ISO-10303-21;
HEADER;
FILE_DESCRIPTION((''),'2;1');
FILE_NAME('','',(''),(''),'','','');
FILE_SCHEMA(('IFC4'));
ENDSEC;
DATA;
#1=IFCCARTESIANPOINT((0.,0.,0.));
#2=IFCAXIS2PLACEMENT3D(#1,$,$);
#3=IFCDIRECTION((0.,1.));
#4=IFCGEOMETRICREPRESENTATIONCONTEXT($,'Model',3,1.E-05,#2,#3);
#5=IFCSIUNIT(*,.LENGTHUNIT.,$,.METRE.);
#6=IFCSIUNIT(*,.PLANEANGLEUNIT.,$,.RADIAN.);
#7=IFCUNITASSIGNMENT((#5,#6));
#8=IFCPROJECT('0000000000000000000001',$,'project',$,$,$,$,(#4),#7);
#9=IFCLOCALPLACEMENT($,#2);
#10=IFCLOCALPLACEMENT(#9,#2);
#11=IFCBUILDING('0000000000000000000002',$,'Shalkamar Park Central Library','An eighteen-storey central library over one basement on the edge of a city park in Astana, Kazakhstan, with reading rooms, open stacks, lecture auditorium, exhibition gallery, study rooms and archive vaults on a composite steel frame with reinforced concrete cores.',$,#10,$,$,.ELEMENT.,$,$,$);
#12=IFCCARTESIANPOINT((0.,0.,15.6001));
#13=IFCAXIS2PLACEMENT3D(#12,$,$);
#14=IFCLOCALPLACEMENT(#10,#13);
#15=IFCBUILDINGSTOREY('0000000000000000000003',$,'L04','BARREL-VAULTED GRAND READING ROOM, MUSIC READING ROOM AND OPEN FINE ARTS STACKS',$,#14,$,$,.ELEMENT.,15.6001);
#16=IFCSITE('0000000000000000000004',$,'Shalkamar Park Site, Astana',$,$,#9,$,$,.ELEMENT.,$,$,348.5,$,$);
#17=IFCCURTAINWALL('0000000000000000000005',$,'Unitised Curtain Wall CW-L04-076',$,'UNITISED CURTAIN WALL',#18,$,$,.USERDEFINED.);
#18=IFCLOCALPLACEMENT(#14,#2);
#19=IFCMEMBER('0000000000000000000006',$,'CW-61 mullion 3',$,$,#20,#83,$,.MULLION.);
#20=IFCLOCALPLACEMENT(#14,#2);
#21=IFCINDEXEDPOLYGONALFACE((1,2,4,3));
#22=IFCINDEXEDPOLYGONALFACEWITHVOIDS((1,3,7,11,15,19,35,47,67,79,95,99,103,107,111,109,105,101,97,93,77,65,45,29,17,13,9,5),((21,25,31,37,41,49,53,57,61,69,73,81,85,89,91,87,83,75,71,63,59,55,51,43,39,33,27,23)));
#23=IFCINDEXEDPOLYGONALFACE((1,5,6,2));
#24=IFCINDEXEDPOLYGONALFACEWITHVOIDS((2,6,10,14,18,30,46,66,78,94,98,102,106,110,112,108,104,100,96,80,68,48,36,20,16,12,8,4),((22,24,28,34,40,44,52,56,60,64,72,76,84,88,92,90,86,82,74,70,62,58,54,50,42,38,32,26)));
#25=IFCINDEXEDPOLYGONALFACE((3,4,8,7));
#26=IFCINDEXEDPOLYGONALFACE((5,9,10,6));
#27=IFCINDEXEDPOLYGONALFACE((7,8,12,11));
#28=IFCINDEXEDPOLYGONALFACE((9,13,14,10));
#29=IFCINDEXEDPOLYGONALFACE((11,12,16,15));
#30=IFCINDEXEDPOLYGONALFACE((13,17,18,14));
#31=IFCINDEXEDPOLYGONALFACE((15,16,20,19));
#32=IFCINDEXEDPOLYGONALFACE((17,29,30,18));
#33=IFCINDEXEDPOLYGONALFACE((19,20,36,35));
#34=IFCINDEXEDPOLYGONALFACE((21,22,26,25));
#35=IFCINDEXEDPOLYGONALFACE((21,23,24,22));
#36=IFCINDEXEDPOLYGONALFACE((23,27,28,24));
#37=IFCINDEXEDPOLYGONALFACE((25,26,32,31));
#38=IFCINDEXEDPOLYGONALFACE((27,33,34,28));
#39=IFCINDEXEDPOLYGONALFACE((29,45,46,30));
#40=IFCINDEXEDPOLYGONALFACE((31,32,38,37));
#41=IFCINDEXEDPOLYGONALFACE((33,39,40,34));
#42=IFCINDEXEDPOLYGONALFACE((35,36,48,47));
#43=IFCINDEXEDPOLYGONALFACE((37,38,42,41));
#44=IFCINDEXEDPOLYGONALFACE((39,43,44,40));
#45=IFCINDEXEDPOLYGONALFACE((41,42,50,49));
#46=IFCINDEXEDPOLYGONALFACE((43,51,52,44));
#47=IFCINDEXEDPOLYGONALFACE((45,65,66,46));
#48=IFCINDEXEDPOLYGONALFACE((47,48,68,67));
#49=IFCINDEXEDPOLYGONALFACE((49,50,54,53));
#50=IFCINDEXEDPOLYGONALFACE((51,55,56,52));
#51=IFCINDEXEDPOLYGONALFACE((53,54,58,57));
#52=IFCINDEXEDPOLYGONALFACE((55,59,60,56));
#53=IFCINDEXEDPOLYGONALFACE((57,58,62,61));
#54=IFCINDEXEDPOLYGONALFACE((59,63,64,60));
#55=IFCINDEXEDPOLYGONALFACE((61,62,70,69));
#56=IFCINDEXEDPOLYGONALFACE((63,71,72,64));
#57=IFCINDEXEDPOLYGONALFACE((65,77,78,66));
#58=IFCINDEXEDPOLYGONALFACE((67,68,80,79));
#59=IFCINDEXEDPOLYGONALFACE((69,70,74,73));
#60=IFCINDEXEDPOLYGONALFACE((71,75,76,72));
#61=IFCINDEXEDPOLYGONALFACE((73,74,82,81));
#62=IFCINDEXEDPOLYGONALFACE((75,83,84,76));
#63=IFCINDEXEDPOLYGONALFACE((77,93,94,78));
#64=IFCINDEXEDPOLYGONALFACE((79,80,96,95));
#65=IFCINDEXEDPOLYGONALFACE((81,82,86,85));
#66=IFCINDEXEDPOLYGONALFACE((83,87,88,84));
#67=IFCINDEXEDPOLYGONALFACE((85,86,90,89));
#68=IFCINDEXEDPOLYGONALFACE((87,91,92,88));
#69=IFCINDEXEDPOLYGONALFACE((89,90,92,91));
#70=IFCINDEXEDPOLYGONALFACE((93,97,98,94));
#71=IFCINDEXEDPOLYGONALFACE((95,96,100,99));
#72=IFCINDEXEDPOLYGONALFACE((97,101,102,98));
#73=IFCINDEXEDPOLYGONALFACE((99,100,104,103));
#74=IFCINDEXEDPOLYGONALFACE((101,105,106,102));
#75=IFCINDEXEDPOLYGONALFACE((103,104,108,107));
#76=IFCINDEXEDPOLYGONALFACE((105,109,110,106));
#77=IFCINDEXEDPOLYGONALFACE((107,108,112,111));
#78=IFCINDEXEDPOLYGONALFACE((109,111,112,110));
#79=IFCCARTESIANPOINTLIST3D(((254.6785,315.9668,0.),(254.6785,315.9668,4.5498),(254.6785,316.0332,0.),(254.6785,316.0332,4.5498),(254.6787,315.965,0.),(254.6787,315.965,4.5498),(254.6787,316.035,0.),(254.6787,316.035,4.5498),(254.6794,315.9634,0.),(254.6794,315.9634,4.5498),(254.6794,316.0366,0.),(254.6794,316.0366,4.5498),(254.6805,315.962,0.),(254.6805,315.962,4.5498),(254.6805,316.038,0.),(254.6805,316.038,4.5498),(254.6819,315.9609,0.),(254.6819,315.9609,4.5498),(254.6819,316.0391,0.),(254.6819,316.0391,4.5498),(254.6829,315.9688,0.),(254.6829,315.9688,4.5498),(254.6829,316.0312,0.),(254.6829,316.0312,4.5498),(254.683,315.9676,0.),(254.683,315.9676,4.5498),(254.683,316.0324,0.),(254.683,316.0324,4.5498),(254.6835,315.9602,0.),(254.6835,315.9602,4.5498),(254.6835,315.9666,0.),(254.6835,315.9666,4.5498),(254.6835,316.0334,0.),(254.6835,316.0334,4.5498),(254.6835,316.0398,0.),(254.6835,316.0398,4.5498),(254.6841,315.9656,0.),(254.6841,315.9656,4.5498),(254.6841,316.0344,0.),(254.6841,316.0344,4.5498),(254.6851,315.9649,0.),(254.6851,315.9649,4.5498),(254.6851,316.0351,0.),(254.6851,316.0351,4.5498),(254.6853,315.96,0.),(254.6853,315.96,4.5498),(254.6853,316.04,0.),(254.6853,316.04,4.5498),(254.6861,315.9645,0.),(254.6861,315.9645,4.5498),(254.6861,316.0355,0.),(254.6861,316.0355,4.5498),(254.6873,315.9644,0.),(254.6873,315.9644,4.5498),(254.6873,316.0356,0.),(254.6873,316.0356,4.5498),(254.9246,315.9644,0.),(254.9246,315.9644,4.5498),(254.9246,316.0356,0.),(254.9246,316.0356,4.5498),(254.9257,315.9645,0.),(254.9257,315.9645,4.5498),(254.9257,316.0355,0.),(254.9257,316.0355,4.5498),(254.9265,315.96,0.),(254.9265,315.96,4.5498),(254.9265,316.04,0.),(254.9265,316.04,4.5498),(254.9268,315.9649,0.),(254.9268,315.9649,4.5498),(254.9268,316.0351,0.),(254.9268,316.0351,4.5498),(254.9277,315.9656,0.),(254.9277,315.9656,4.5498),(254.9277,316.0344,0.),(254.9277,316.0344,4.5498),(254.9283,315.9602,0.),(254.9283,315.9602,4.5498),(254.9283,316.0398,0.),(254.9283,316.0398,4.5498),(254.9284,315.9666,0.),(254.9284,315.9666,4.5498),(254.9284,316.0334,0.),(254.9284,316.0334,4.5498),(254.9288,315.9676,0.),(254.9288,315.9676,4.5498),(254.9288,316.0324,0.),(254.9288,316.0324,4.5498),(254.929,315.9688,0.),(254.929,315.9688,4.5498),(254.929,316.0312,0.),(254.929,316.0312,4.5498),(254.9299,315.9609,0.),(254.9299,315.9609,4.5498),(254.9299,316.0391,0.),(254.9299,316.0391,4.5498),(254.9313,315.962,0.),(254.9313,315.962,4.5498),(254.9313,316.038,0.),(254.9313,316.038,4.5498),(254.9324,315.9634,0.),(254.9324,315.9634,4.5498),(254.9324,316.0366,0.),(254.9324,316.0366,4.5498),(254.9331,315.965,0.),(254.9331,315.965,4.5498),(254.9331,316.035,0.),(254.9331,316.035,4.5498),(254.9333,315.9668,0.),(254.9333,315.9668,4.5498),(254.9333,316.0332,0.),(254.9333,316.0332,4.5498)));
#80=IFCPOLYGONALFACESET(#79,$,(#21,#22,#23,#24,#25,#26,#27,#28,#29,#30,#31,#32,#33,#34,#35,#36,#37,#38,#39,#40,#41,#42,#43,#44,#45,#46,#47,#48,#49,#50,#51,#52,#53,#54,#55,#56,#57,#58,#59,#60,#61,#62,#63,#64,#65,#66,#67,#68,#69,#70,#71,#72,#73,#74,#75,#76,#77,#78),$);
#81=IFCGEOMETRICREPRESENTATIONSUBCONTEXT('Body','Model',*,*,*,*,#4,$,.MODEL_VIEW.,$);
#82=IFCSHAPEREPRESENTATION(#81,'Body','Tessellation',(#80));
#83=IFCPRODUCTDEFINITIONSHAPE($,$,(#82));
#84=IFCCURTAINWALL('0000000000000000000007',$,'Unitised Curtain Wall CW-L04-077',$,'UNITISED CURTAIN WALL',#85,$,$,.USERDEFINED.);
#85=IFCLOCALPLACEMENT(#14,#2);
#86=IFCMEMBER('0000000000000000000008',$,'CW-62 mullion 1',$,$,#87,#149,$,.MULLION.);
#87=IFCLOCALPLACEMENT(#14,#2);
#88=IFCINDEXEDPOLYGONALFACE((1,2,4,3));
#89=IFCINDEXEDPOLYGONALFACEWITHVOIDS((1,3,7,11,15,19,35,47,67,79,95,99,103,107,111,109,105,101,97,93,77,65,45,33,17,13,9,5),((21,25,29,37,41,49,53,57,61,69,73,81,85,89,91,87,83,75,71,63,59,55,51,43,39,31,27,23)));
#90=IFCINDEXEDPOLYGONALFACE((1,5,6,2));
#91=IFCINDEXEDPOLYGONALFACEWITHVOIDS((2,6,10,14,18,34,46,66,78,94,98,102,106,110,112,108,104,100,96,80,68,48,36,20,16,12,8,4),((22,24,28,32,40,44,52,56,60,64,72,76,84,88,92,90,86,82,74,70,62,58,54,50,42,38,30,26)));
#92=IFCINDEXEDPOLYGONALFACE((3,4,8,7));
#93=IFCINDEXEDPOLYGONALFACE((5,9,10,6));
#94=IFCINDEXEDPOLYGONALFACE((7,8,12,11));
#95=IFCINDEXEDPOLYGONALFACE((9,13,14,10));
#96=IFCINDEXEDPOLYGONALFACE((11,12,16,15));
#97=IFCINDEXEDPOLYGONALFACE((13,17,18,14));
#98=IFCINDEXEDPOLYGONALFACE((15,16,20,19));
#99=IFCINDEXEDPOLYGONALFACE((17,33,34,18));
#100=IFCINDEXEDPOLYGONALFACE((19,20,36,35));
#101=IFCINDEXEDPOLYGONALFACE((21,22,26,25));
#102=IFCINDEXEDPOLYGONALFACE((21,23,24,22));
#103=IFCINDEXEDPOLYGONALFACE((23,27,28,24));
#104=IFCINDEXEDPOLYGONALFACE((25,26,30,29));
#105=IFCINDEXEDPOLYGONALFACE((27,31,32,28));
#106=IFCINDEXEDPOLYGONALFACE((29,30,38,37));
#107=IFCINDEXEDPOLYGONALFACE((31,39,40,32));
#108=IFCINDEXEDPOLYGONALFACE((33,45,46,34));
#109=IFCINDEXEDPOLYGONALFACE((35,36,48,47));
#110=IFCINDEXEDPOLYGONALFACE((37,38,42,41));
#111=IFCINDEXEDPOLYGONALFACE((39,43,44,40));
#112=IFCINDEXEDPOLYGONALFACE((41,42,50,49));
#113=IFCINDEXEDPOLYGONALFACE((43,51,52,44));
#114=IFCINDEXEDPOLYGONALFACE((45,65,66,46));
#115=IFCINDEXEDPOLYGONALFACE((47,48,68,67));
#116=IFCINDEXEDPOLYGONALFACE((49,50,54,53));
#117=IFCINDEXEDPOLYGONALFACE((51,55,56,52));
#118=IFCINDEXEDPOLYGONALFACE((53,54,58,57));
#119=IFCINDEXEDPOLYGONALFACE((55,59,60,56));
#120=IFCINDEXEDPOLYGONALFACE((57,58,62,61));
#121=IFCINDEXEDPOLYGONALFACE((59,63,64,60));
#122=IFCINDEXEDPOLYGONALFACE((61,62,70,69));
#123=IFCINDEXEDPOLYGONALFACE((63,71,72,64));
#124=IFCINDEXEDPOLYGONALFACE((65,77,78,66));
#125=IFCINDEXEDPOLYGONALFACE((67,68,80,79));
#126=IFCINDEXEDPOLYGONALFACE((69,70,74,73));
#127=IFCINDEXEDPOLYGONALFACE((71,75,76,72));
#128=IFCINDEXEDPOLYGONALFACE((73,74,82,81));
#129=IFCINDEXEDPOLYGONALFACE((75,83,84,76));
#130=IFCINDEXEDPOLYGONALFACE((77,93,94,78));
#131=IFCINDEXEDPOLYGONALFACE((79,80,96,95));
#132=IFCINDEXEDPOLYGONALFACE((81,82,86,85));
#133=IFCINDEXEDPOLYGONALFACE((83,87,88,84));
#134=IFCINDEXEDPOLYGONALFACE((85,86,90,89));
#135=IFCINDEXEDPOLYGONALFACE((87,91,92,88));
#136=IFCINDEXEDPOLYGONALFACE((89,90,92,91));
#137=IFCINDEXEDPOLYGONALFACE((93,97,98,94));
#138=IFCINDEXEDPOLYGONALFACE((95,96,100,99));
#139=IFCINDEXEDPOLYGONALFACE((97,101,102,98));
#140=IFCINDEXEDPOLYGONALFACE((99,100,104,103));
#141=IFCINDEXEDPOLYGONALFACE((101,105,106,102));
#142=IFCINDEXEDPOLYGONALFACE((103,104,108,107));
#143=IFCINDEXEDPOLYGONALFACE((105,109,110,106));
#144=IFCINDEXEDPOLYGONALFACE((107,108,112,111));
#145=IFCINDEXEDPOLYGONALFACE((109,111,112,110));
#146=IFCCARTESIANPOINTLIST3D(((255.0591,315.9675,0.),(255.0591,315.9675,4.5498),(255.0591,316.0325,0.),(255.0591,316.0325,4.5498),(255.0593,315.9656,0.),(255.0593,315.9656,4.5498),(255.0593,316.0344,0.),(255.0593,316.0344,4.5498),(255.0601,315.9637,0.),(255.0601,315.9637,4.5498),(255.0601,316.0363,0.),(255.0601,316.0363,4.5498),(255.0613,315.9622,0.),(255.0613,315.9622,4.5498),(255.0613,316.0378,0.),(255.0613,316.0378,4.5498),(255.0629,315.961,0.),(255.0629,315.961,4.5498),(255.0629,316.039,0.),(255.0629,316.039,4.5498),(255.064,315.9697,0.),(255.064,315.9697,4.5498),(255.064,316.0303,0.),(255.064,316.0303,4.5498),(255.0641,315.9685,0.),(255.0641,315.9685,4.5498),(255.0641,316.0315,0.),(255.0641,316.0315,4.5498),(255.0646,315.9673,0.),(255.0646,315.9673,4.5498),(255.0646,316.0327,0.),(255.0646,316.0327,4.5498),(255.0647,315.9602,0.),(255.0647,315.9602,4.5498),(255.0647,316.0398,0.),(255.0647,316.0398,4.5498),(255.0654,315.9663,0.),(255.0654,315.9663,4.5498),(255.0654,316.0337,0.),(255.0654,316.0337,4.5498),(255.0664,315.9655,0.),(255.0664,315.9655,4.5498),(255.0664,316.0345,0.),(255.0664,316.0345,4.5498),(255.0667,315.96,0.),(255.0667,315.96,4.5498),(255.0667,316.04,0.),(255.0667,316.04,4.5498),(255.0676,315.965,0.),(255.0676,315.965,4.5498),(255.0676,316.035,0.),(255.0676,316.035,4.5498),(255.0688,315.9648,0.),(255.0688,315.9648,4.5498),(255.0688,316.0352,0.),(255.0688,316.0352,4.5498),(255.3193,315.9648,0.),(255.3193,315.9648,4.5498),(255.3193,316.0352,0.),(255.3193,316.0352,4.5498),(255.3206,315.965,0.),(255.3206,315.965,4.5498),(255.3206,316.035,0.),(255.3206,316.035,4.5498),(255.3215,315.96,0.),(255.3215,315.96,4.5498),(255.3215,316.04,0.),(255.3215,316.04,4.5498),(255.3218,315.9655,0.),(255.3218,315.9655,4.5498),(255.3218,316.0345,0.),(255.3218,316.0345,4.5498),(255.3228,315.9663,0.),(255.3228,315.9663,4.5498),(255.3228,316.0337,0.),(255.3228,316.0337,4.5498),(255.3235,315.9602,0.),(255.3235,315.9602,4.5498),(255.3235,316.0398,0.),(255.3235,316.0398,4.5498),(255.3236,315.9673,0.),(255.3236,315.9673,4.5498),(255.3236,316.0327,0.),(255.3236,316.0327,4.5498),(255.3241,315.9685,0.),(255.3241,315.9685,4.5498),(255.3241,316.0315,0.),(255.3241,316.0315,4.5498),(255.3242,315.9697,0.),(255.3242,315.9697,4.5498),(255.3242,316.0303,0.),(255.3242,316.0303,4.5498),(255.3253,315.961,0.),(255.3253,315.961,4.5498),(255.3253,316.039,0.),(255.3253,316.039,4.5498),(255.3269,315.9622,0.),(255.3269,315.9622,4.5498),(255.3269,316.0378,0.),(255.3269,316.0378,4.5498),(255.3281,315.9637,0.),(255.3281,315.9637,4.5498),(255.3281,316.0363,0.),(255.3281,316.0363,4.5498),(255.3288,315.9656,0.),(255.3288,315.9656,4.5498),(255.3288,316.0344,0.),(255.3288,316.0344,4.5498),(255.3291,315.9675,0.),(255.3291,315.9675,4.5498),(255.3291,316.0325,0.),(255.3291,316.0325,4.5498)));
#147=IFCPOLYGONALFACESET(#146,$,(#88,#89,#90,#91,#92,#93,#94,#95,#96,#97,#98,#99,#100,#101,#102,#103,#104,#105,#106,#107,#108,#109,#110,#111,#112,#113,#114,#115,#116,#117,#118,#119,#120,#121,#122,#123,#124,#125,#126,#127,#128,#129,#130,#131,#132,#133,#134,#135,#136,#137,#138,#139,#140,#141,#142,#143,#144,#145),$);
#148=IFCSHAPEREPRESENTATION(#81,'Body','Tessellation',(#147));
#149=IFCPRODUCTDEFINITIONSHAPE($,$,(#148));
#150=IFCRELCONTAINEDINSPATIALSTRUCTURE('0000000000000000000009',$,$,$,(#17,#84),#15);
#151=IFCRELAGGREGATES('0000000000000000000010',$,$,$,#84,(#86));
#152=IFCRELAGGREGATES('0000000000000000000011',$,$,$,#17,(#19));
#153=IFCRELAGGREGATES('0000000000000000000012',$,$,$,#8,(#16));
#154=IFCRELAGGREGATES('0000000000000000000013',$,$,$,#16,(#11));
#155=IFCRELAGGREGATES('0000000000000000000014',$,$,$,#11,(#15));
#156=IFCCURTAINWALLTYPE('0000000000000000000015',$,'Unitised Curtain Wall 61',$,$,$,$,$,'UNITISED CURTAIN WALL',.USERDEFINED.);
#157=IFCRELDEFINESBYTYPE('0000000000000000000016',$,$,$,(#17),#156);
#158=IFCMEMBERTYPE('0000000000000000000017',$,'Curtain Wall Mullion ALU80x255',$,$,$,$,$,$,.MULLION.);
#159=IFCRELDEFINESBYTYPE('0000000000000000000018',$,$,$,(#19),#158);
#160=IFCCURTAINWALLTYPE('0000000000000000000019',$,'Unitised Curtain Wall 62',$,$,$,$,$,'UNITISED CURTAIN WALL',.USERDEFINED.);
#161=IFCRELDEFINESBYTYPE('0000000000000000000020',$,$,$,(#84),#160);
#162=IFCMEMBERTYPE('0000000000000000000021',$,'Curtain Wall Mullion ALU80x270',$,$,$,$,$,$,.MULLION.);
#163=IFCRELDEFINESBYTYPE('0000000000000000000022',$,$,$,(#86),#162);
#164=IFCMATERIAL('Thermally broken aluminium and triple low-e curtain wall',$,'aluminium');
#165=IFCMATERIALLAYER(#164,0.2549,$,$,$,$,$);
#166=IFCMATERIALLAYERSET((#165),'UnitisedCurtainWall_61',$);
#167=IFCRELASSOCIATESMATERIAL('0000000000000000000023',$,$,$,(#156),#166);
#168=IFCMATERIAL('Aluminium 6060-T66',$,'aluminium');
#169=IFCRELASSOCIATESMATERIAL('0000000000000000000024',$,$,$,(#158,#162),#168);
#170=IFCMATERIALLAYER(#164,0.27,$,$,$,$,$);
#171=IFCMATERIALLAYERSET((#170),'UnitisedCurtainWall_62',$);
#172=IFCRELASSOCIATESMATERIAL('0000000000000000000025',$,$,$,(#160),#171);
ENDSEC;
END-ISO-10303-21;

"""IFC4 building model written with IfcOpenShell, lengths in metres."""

from ifc_helpers import new_model, si_unit, direction, frame, origin, origin_2d, place, context, subcontext, project, spatial, hollow_rectangle, extrude, material, layer, layer_set, material_profile, profile_set, type_object, element, aggregate, save


model = new_model("IFC4")

# Units and contexts
model_context = context("Model", 3, precision=1e-05, world=origin(), true_north=direction((0.0, 1.0)))
body_context = subcontext(model_context, "Body", "Model", "MODEL_VIEW")
ifc_project = project(units=[si_unit("LENGTHUNIT", "METRE"), si_unit("PLANEANGLEUNIT", "RADIAN")], contexts=[model_context])

# Site, building, storey
site_placement = place(None, origin())
site = spatial("IfcSite", under=ifc_project, at=site_placement, Name="Shalkamar Park Site, Astana", CompositionType="ELEMENT", RefElevation=348.5)
building_placement = place(site_placement, origin())
building = spatial("IfcBuilding", under=site, at=building_placement, Name="Shalkamar Park Central Library", Description="An eighteen-storey central library over one basement on the edge of a city park in Astana, Kazakhstan, with reading rooms, open stacks, lecture auditorium, exhibition gallery, study rooms and archive vaults on a composite steel frame with reinforced concrete cores.", CompositionType="ELEMENT")
storey_placement = place(building_placement, frame((0.0, 0.0, 15.6001)))
storey = spatial("IfcBuildingStorey", under=building, at=storey_placement, Name="L04", Description="BARREL-VAULTED GRAND READING ROOM, MUSIC READING ROOM AND OPEN FINE ARTS STACKS", CompositionType="ELEMENT", Elevation=15.6001)

# Curtain wall, member
ifc_material_1 = material(Name="Thermally broken aluminium and triple low-e curtain wall", Category="aluminium")
ifc_layer_1 = layer(ifc_material_1, 0.2549)
ifc_layer_set_1 = layer_set([ifc_layer_1], Name="UnitisedCurtainWall_61")
curtain_wall_type_1 = type_object("IfcCurtainWallType", Name="Unitised Curtain Wall 61", ElementType="UNITISED CURTAIN WALL", PredefinedType="USERDEFINED", material=ifc_layer_set_1)
curtain_wall_1_placement = place(storey_placement, origin())
curtain_wall_1 = element("IfcCurtainWall", 1, at=curtain_wall_1_placement, inside=storey, type_object=curtain_wall_type_1, Name="Unitised Curtain Wall CW-L04-076", ObjectType="UNITISED CURTAIN WALL", PredefinedType="USERDEFINED")
ifc_material_2 = material(Name="Aluminium 6060-T66", Category="aluminium")
ifc_material_profile_1 = material_profile(ifc_material_2, hollow_rectangle(XDim=0.0801, YDim=0.2549, WallThickness=0.0044, InnerFilletRadius=0.0044, OuterFilletRadius=0.0068, at=origin_2d()), Name="ALU 80x255x4.5")
ifc_profile_set_1 = profile_set([ifc_material_profile_1], Name="Aluminium 6060-T66")
member_type_1 = type_object("IfcMemberType", Name="Curtain Wall Mullion ALU80x255", PredefinedType="MULLION", material=ifc_profile_set_1)
member_1_placement = place(storey_placement, frame((254.8059, 316.0, 0.0), z_axis=(0.0, 0.0, 1.0), x_axis=(0.0, 1.0, 0.0)))
member_1 = element("IfcMember", 2, at=member_1_placement, type_object=member_type_1, Name="CW-61 mullion 3", PredefinedType="MULLION", context=body_context, shape_type="SweptSolid", body=[
    extrude(hollow_rectangle(XDim=0.0801, YDim=0.2549, WallThickness=0.0044, InnerFilletRadius=0.0044, OuterFilletRadius=0.0068, at=origin_2d()), origin(), (0.0, 0.0, 1.0), 4.5498),
])

# Curtain wall, member
ifc_layer_2 = layer(ifc_material_1, 0.27)
ifc_layer_set_2 = layer_set([ifc_layer_2], Name="UnitisedCurtainWall_62")
curtain_wall_type_2 = type_object("IfcCurtainWallType", Name="Unitised Curtain Wall 62", ElementType="UNITISED CURTAIN WALL", PredefinedType="USERDEFINED", material=ifc_layer_set_2)
curtain_wall_2_placement = place(storey_placement, origin())
curtain_wall_2 = element("IfcCurtainWall", 3, at=curtain_wall_2_placement, inside=storey, type_object=curtain_wall_type_2, Name="Unitised Curtain Wall CW-L04-077", ObjectType="UNITISED CURTAIN WALL", PredefinedType="USERDEFINED")
ifc_material_profile_2 = material_profile(ifc_material_2, hollow_rectangle(XDim=0.0801, YDim=0.27, WallThickness=0.0049, InnerFilletRadius=0.0049, OuterFilletRadius=0.0076, at=origin_2d()), Name="ALU 80x270x5")
ifc_profile_set_2 = profile_set([ifc_material_profile_2], Name="Aluminium 6060-T66")
member_type_2 = type_object("IfcMemberType", Name="Curtain Wall Mullion ALU80x270", PredefinedType="MULLION", material=ifc_profile_set_2)
member_2_placement = place(storey_placement, frame((255.1941, 316.0, 0.0), z_axis=(0.0, 0.0, 1.0), x_axis=(0.0, 1.0, 0.0)))
member_2 = element("IfcMember", 4, at=member_2_placement, type_object=member_type_2, Name="CW-62 mullion 1", PredefinedType="MULLION", context=body_context, shape_type="SweptSolid", body=[
    extrude(hollow_rectangle(XDim=0.0801, YDim=0.27, WallThickness=0.0049, InnerFilletRadius=0.0049, OuterFilletRadius=0.0076, at=origin_2d()), origin(), (0.0, 0.0, 1.0), 4.5498),
])

aggregate(curtain_wall_2, [member_2])
aggregate(curtain_wall_1, [member_1])

save(model, "model.ifc")
